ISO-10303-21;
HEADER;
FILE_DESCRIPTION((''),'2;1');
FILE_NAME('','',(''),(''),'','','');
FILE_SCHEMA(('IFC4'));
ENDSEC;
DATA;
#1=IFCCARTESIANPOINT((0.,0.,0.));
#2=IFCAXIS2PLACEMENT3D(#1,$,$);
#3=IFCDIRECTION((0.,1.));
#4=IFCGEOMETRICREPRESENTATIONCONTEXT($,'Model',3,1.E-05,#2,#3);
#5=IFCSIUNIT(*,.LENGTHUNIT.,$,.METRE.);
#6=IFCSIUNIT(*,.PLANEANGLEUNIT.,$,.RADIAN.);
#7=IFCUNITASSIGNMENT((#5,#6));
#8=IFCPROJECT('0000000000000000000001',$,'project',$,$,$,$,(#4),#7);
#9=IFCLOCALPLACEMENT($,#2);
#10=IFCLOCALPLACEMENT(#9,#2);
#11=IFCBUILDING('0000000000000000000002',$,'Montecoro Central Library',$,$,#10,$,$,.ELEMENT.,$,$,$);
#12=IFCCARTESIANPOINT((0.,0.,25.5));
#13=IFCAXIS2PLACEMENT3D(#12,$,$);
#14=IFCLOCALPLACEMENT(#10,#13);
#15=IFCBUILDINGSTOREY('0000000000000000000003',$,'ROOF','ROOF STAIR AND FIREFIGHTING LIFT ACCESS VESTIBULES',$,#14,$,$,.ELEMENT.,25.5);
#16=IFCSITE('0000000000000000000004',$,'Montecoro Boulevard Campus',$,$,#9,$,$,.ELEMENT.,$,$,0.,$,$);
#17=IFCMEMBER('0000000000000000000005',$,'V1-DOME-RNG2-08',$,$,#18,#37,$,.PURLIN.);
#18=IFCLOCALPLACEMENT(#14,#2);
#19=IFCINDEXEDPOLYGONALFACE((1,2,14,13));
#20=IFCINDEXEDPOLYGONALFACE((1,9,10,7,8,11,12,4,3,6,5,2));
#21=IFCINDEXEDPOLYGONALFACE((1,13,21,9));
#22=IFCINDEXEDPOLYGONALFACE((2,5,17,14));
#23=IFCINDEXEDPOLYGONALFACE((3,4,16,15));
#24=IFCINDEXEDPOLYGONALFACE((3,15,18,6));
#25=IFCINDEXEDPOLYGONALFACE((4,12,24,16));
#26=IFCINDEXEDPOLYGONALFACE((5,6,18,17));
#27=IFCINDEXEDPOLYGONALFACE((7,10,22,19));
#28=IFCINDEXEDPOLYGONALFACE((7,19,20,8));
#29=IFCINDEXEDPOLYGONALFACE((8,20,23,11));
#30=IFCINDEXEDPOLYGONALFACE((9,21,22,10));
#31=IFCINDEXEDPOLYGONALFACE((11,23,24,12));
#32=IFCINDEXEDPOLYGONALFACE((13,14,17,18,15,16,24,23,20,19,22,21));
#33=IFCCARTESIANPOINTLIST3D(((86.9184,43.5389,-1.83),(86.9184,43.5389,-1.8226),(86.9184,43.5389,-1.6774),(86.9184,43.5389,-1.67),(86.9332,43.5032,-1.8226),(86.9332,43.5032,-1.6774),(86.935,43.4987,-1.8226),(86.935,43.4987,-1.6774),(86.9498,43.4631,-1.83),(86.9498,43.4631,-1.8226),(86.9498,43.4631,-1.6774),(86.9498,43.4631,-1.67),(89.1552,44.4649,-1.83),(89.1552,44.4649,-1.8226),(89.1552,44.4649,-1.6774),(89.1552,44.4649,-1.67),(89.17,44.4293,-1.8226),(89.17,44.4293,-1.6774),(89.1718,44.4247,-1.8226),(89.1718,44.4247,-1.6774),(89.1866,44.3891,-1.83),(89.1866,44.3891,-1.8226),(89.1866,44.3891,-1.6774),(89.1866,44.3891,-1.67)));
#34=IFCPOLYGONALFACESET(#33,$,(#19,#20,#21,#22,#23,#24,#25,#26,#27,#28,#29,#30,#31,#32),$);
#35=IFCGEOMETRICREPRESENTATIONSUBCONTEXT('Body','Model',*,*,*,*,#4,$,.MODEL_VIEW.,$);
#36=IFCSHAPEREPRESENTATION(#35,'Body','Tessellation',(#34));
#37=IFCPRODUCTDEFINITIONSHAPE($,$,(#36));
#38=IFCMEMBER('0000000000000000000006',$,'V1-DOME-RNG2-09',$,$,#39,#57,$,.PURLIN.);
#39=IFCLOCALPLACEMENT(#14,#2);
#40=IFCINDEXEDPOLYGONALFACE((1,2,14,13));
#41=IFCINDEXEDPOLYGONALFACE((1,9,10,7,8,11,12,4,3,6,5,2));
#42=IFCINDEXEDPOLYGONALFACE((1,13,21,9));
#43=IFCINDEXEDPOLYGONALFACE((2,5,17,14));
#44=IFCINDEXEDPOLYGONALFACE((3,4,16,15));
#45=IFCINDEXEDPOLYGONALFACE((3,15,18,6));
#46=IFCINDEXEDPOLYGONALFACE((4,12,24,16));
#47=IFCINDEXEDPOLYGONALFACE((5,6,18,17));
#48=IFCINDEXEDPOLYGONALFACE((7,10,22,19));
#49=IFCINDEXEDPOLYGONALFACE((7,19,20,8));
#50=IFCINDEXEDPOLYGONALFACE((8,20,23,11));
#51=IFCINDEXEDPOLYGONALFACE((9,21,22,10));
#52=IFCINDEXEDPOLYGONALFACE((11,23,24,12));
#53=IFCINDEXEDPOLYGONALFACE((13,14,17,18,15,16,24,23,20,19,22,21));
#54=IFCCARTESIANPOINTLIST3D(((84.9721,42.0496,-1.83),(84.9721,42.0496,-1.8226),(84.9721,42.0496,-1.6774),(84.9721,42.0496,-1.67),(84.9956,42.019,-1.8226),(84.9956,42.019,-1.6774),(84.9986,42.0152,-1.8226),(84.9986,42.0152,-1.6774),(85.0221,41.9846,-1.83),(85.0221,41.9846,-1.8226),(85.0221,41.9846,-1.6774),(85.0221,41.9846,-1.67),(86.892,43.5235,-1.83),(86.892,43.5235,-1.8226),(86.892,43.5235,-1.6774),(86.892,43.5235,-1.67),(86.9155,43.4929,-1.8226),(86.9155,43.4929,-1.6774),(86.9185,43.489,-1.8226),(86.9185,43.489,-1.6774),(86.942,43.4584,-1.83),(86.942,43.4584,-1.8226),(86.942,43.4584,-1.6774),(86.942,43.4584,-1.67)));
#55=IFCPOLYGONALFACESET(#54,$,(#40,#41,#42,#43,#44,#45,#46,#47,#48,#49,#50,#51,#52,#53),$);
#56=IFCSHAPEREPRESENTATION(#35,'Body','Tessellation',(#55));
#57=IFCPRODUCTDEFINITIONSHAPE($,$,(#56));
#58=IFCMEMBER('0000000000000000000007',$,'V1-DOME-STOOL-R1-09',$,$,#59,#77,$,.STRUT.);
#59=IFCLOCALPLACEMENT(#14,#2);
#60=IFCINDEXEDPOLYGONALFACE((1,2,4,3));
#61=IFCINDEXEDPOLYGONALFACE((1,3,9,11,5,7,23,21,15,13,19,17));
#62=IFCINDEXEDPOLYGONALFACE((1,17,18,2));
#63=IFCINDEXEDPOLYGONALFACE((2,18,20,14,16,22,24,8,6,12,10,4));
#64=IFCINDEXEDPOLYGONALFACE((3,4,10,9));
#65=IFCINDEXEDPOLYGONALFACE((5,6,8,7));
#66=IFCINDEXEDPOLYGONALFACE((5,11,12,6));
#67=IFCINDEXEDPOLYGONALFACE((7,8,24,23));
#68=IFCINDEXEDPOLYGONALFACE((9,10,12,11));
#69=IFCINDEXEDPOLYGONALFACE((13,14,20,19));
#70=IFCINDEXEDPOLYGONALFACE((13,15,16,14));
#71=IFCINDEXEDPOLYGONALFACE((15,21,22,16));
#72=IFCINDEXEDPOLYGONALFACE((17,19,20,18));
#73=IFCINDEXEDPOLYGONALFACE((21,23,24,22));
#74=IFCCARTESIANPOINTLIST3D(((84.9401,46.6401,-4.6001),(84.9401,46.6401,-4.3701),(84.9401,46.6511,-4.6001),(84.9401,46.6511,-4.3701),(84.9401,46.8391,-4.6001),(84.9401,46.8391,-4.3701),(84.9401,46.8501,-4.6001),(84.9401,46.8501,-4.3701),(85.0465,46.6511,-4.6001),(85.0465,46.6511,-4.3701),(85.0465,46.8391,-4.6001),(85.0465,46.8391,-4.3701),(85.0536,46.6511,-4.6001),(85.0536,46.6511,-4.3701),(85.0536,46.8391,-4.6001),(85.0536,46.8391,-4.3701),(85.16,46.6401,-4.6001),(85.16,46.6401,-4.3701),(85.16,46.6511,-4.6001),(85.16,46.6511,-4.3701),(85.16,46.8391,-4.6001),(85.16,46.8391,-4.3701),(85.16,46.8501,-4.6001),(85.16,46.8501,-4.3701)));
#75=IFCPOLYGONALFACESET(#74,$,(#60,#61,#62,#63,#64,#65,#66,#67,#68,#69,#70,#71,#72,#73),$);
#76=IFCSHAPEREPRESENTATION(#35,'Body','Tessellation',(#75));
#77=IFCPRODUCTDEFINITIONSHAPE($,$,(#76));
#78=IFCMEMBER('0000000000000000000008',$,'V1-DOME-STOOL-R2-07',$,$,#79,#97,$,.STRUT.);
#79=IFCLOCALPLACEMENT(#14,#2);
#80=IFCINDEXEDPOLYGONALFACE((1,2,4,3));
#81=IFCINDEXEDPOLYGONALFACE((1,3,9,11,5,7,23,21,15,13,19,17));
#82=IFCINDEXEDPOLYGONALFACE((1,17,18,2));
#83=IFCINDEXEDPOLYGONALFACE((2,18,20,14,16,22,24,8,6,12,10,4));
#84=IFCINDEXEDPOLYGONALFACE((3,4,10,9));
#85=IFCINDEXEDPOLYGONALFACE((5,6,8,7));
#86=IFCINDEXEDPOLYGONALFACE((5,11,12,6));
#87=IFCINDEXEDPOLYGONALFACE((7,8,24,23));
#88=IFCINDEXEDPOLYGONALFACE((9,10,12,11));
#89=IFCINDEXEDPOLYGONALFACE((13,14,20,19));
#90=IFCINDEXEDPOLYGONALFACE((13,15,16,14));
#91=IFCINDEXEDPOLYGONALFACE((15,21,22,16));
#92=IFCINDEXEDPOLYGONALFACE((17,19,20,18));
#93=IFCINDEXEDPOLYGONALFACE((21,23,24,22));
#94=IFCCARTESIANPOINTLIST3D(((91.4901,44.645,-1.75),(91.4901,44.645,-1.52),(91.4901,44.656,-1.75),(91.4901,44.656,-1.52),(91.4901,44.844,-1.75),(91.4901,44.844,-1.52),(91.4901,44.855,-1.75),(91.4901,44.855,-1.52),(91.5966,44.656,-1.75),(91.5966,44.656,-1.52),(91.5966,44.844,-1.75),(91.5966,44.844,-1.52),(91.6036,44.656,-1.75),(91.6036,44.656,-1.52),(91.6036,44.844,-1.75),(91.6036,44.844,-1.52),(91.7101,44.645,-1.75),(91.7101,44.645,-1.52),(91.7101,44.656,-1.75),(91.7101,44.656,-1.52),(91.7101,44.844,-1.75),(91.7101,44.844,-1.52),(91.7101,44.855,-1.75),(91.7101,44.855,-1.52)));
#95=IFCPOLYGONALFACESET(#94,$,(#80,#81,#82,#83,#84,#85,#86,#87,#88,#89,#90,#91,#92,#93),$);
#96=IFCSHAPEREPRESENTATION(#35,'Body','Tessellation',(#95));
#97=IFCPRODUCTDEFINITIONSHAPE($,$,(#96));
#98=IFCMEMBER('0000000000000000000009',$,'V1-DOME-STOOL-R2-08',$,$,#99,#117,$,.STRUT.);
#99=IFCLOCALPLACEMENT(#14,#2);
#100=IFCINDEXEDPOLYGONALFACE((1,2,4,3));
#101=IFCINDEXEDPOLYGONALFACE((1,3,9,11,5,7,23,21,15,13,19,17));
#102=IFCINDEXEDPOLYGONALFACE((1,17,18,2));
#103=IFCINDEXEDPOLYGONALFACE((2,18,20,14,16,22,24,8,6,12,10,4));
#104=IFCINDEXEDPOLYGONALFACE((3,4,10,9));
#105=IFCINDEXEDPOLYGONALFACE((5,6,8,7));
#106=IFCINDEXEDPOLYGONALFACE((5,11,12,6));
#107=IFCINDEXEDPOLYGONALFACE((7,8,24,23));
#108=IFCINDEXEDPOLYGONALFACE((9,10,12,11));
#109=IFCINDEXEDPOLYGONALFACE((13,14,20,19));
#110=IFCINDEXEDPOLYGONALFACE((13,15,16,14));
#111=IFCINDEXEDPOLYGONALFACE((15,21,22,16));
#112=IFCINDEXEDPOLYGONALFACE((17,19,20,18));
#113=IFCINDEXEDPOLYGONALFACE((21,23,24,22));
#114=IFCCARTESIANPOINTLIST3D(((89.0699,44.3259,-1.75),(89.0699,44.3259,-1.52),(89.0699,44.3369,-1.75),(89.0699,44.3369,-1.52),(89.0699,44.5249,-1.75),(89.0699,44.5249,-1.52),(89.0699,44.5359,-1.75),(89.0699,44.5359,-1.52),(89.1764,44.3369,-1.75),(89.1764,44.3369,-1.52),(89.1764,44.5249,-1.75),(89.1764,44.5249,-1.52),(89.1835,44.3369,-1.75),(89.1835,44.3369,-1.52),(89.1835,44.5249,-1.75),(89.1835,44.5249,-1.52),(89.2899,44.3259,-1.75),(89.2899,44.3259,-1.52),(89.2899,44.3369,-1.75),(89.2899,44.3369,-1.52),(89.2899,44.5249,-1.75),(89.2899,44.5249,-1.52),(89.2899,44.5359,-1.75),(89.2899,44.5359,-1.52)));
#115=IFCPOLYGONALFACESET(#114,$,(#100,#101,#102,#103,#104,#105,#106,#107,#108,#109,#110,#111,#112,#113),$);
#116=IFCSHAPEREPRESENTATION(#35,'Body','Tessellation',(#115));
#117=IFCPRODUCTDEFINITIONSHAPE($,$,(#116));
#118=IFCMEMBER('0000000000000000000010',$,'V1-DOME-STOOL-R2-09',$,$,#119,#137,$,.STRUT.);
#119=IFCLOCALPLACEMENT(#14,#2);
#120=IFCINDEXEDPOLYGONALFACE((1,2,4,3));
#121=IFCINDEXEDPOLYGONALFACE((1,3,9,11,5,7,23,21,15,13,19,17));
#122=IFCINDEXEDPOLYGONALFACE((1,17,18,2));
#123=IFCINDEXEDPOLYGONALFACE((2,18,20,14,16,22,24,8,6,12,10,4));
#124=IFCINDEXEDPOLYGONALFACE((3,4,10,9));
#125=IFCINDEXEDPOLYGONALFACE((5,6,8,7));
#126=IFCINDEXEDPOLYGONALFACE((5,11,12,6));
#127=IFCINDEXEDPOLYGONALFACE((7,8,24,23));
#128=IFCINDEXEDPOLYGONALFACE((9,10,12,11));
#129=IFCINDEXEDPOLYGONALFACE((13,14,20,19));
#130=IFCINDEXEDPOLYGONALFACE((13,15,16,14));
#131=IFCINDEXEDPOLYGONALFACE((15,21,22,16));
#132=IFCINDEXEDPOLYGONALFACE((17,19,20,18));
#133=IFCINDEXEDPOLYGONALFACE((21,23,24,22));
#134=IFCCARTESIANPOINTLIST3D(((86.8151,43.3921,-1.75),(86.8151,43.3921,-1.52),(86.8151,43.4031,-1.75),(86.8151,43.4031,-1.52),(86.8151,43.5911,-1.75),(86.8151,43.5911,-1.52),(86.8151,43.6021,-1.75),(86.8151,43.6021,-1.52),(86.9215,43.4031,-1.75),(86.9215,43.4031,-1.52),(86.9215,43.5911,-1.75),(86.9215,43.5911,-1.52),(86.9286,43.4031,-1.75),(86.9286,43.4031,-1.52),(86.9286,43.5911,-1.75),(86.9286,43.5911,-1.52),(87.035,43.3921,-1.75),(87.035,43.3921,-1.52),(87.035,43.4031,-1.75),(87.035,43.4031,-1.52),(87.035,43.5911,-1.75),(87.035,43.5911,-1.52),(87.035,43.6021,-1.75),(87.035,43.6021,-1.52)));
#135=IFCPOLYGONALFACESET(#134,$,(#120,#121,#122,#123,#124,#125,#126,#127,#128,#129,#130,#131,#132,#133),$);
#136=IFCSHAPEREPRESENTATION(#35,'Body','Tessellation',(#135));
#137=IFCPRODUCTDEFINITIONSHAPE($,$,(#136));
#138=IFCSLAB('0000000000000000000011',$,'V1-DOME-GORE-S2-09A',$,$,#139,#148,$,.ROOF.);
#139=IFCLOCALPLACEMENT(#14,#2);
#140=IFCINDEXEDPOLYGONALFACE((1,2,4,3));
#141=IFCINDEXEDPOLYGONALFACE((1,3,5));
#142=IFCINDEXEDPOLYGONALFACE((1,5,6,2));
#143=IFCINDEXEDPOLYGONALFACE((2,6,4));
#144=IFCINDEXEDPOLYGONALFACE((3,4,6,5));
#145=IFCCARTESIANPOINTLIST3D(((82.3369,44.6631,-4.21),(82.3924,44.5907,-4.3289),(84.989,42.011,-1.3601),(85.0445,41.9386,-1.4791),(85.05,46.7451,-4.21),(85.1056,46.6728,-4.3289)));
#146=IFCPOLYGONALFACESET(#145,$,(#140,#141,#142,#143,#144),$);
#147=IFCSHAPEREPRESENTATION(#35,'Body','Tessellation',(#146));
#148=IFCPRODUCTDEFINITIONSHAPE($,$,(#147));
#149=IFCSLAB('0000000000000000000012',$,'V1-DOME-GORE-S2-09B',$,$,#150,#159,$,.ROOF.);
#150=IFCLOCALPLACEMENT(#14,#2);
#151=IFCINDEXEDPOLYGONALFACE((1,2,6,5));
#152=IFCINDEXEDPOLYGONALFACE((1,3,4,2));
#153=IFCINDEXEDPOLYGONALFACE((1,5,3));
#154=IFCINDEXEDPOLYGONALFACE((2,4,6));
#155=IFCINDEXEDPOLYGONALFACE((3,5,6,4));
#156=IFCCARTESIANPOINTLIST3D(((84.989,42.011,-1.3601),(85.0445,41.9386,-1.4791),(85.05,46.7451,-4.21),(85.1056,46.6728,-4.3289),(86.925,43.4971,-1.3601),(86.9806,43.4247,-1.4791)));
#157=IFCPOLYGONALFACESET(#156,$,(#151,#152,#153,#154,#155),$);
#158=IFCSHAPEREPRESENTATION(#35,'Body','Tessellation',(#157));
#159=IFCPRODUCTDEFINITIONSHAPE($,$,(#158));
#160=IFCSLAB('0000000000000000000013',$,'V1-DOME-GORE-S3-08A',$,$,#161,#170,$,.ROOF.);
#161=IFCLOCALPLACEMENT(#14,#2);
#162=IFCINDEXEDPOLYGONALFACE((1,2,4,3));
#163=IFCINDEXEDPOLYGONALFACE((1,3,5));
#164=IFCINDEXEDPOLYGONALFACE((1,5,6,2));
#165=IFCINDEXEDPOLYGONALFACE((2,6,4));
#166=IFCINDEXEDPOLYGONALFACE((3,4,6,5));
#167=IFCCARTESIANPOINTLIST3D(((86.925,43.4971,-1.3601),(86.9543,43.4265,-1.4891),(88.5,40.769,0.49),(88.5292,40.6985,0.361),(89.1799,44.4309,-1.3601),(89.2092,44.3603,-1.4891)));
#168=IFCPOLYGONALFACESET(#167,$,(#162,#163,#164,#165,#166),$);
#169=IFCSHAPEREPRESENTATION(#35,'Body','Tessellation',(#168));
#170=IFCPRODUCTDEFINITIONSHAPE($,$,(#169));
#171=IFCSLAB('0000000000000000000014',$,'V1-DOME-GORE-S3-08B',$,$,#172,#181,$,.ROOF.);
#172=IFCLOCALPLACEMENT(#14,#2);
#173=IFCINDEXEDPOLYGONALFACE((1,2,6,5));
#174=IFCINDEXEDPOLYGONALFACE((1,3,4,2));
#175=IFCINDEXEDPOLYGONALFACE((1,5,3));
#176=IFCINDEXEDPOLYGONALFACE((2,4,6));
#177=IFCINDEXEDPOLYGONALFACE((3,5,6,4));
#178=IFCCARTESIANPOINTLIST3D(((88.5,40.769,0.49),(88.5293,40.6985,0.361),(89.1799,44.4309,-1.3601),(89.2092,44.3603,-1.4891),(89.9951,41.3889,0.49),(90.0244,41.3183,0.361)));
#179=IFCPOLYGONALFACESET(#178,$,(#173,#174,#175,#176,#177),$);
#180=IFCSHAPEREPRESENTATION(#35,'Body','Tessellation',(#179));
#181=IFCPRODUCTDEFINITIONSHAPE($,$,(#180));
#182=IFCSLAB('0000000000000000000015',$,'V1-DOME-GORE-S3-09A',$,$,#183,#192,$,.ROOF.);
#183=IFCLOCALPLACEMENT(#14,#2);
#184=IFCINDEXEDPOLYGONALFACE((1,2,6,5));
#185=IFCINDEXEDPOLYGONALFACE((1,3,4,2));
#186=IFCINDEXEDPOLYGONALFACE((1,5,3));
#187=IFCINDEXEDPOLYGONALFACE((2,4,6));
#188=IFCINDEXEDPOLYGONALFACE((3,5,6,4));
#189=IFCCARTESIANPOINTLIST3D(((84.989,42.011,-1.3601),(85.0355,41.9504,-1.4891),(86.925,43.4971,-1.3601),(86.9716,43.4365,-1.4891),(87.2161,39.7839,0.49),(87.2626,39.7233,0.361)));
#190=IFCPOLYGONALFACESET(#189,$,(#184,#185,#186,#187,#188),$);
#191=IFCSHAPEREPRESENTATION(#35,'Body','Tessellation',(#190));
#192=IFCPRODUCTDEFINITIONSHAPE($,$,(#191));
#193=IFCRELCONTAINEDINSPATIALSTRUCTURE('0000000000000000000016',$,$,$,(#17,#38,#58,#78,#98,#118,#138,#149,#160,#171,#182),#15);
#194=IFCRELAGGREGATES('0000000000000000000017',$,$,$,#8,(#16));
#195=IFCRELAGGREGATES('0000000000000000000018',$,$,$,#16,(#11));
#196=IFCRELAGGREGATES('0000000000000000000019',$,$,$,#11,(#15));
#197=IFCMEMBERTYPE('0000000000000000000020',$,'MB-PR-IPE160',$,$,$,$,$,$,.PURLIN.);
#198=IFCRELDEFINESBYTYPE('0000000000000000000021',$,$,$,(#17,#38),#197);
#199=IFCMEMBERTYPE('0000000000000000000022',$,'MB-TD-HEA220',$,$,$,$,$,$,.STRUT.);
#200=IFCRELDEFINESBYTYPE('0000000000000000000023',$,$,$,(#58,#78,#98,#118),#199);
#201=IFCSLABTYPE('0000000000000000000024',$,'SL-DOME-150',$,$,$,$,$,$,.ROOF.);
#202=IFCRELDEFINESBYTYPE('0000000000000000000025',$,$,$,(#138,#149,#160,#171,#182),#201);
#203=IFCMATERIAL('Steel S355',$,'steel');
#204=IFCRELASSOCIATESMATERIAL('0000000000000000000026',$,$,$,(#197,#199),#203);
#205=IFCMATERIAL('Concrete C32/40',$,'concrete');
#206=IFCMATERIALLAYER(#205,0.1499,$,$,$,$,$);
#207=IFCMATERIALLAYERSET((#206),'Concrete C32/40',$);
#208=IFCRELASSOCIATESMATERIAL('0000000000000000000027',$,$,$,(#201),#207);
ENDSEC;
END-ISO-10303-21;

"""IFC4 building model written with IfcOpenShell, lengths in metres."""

from ifc_helpers import new_model, si_unit, direction, frame, origin, origin_2d, place, context, subcontext, project, spatial, polyline, i_section, outline, extrude, material, layer, layer_set, material_profile, profile_set, type_object, element, save


model = new_model("IFC4")

# Units and contexts
model_context = context("Model", 3, precision=1e-05, world=origin(), true_north=direction((0.0, 1.0)))
body_context = subcontext(model_context, "Body", "Model", "MODEL_VIEW")
ifc_project = project(units=[si_unit("LENGTHUNIT", "METRE"), si_unit("PLANEANGLEUNIT", "RADIAN")], contexts=[model_context])

# Site, building, storey
site_placement = place(None, origin())
site = spatial("IfcSite", under=ifc_project, at=site_placement, Name="Montecoro Boulevard Campus", CompositionType="ELEMENT", RefElevation=0.0)
building_placement = place(site_placement, origin())
building = spatial("IfcBuilding", under=site, at=building_placement, Name="Montecoro Central Library", CompositionType="ELEMENT")
storey_placement = place(building_placement, frame((0.0, 0.0, 25.5)))
storey = spatial("IfcBuildingStorey", under=building, at=storey_placement, Name="ROOF", Description="ROOF STAIR AND FIREFIGHTING LIFT ACCESS VESTIBULES", CompositionType="ELEMENT", Elevation=25.5)

# Members
ifc_material_1 = material(Name="Steel S355", Category="steel")
ifc_material_profile_1 = material_profile(ifc_material_1, i_section(OverallWidth=0.082, OverallDepth=0.1599, WebThickness=0.0049, FlangeThickness=0.0073, at=origin_2d()), Name="IPE 160")
ifc_profile_set_1 = profile_set([ifc_material_profile_1], Name="Steel S355")
member_type_1 = type_object("IfcMemberType", Name="MB-PR-IPE160", PredefinedType="PURLIN", material=ifc_profile_set_1)
for number, where, z_axis, x_axis, name in (
    (1, (89.1709, 44.427, -1.75), (-0.923952, -0.382509, 0.0), (0.382509, -0.923952, 0.0), "V1-DOME-RNG2-08"),
):
    element("IfcMember", number, at=place(storey_placement, frame(where, z_axis=z_axis, x_axis=x_axis)), inside=storey, type_object=member_type_1, Name=name, PredefinedType="PURLIN", context=body_context, shape_type="SweptSolid", body=[
        extrude(i_section(OverallWidth=0.082, OverallDepth=0.1599, WebThickness=0.0049, FlangeThickness=0.0073, at=origin_2d()), origin(), (0.0, 0.0, 1.0), 2.4209),
    ])
member_1_placement = place(storey_placement, frame((86.917, 43.491, -1.75), z_axis=(-0.79322, -0.608935, 0.0), x_axis=(0.608935, -0.79322, 0.0)))
element("IfcMember", 2, at=member_1_placement, inside=storey, type_object=member_type_1, Name="V1-DOME-RNG2-09", PredefinedType="PURLIN", context=body_context, shape_type="SweptSolid", body=[
    extrude(i_section(OverallWidth=0.082, OverallDepth=0.1599, WebThickness=0.0049, FlangeThickness=0.0073, at=origin_2d()), origin(), (0.0, 0.0, 1.0), 2.4204),
])
ifc_material_profile_2 = material_profile(ifc_material_1, i_section(OverallWidth=0.22, OverallDepth=0.21, WebThickness=0.0071, FlangeThickness=0.011, at=origin_2d()), Name="HEA 220")
ifc_profile_set_2 = profile_set([ifc_material_profile_2], Name="Steel S355")
member_type_2 = type_object("IfcMemberType", Name="MB-TD-HEA220", PredefinedType="STRUT", material=ifc_profile_set_2)
for number, where, z_axis, x_axis, name in (
    (3, (85.05, 46.7451, -4.6001), (0.0, 0.0, 1.0), (1.0, 0.0, 0.0), "V1-DOME-STOOL-R1-09"),
    (4, (91.6001, 44.75, -1.75), (0.0, 0.0, 1.0), (1.0, 0.0, 0.0), "V1-DOME-STOOL-R2-07"),
    (5, (89.1799, 44.4309, -1.75), (0.0, 0.0, 1.0), (1.0, 0.0, 0.0), "V1-DOME-STOOL-R2-08"),
    (6, (86.925, 43.4971, -1.75), (0.0, 0.0, 1.0), (1.0, 0.0, 0.0), "V1-DOME-STOOL-R2-09"),
):
    element("IfcMember", number, at=place(storey_placement, frame(where, z_axis=z_axis, x_axis=x_axis)), inside=storey, type_object=member_type_2, Name=name, PredefinedType="STRUT", context=body_context, shape_type="SweptSolid", body=[
        extrude(i_section(OverallWidth=0.22, OverallDepth=0.21, WebThickness=0.0071, FlangeThickness=0.011, at=origin_2d()), origin(), (0.0, 0.0, 1.0), 0.23),
    ])

# Slabs
ifc_material_2 = material(Name="Concrete C32/40", Category="concrete")
ifc_layer = layer(ifc_material_2, 0.1499)
ifc_layer_set = layer_set([ifc_layer], Name="Concrete C32/40")
slab_type = type_object("IfcSlabType", Name="SL-DOME-150", PredefinedType="ROOF", material=ifc_layer_set)
slab_1_placement = place(storey_placement, frame((85.05, 46.7451, -4.21), z_axis=(-0.370323, 0.482575, 0.793714), x_axis=(-0.793329, -0.608793, 0.0)))
element("IfcSlab", 7, at=slab_1_placement, inside=storey, type_object=slab_type, Name="V1-DOME-GORE-S2-09A", PredefinedType="ROOF", context=body_context, shape_type="SweptSolid", body=[
    extrude(outline(polyline([(0.0, 0.0), (3.4199, 0.0), (2.9305, 4.685), (0.0, 0.0)])), origin(), (0.0, 0.0, -1.0), 0.1499),
])
slab_2_placement = place(storey_placement, frame((85.05, 46.7451, -4.21), z_axis=(-0.370408, 0.482558, 0.793685), x_axis=(-0.011045, -0.856691, 0.515711)))
element("IfcSlab", 8, at=slab_2_placement, inside=storey, type_object=slab_type, Name="V1-DOME-GORE-S2-09B", PredefinedType="ROOF", context=body_context, shape_type="SweptSolid", body=[
    extrude(outline(polyline([(0.0, 0.0), (5.5261, 0.0), (4.2316, 2.069), (0.0, 0.0)])), origin(), (0.0, 0.0, -1.0), 0.1499),
])
slab_3_placement = place(storey_placement, frame((89.1799, 44.4309, -1.3601), z_axis=(-0.195017, 0.470895, 0.860364), x_axis=(-0.923903, -0.382626, 0.0)))
element("IfcSlab", 9, at=slab_3_placement, inside=storey, type_object=slab_type, Name="V1-DOME-GORE-S3-08A", PredefinedType="ROOF", context=body_context, shape_type="SweptSolid", body=[
    extrude(outline(polyline([(0.0, 0.0), (2.4406, 0.0), (2.0293, 3.6299), (0.0, 0.0)])), origin(), (0.0, 0.0, -1.0), 0.1499),
])
slab_4_placement = place(storey_placement, frame((89.1799, 44.4309, -1.3601), z_axis=(-0.195238, 0.470908, 0.860307), x_axis=(-0.163498, -0.88054, 0.444879)))
element("IfcSlab", 10, at=slab_4_placement, inside=storey, type_object=slab_type, Name="V1-DOME-GORE-S3-08B", PredefinedType="ROOF", context=body_context, shape_type="SweptSolid", body=[
    extrude(outline(polyline([(0.0, 0.0), (4.1587, 0.0), (3.3684, 1.4125), (0.0, 0.0)])), origin(), (0.0, 0.0, -1.0), 0.1499),
])
slab_5_placement = place(storey_placement, frame((86.925, 43.4971, -1.3601), z_axis=(-0.31037, 0.404343, 0.860335), x_axis=(-0.793252, -0.608893, 0.0)))
element("IfcSlab", 11, at=slab_5_placement, inside=storey, type_object=slab_type, Name="V1-DOME-GORE-S3-09A", PredefinedType="ROOF", context=body_context, shape_type="SweptSolid", body=[
    extrude(outline(polyline([(0.0, 0.0), (2.4406, 0.0), (2.0301, 3.6296), (0.0, 0.0)])), origin(), (0.0, 0.0, -1.0), 0.1499),
])

save(model, "model.ifc")
